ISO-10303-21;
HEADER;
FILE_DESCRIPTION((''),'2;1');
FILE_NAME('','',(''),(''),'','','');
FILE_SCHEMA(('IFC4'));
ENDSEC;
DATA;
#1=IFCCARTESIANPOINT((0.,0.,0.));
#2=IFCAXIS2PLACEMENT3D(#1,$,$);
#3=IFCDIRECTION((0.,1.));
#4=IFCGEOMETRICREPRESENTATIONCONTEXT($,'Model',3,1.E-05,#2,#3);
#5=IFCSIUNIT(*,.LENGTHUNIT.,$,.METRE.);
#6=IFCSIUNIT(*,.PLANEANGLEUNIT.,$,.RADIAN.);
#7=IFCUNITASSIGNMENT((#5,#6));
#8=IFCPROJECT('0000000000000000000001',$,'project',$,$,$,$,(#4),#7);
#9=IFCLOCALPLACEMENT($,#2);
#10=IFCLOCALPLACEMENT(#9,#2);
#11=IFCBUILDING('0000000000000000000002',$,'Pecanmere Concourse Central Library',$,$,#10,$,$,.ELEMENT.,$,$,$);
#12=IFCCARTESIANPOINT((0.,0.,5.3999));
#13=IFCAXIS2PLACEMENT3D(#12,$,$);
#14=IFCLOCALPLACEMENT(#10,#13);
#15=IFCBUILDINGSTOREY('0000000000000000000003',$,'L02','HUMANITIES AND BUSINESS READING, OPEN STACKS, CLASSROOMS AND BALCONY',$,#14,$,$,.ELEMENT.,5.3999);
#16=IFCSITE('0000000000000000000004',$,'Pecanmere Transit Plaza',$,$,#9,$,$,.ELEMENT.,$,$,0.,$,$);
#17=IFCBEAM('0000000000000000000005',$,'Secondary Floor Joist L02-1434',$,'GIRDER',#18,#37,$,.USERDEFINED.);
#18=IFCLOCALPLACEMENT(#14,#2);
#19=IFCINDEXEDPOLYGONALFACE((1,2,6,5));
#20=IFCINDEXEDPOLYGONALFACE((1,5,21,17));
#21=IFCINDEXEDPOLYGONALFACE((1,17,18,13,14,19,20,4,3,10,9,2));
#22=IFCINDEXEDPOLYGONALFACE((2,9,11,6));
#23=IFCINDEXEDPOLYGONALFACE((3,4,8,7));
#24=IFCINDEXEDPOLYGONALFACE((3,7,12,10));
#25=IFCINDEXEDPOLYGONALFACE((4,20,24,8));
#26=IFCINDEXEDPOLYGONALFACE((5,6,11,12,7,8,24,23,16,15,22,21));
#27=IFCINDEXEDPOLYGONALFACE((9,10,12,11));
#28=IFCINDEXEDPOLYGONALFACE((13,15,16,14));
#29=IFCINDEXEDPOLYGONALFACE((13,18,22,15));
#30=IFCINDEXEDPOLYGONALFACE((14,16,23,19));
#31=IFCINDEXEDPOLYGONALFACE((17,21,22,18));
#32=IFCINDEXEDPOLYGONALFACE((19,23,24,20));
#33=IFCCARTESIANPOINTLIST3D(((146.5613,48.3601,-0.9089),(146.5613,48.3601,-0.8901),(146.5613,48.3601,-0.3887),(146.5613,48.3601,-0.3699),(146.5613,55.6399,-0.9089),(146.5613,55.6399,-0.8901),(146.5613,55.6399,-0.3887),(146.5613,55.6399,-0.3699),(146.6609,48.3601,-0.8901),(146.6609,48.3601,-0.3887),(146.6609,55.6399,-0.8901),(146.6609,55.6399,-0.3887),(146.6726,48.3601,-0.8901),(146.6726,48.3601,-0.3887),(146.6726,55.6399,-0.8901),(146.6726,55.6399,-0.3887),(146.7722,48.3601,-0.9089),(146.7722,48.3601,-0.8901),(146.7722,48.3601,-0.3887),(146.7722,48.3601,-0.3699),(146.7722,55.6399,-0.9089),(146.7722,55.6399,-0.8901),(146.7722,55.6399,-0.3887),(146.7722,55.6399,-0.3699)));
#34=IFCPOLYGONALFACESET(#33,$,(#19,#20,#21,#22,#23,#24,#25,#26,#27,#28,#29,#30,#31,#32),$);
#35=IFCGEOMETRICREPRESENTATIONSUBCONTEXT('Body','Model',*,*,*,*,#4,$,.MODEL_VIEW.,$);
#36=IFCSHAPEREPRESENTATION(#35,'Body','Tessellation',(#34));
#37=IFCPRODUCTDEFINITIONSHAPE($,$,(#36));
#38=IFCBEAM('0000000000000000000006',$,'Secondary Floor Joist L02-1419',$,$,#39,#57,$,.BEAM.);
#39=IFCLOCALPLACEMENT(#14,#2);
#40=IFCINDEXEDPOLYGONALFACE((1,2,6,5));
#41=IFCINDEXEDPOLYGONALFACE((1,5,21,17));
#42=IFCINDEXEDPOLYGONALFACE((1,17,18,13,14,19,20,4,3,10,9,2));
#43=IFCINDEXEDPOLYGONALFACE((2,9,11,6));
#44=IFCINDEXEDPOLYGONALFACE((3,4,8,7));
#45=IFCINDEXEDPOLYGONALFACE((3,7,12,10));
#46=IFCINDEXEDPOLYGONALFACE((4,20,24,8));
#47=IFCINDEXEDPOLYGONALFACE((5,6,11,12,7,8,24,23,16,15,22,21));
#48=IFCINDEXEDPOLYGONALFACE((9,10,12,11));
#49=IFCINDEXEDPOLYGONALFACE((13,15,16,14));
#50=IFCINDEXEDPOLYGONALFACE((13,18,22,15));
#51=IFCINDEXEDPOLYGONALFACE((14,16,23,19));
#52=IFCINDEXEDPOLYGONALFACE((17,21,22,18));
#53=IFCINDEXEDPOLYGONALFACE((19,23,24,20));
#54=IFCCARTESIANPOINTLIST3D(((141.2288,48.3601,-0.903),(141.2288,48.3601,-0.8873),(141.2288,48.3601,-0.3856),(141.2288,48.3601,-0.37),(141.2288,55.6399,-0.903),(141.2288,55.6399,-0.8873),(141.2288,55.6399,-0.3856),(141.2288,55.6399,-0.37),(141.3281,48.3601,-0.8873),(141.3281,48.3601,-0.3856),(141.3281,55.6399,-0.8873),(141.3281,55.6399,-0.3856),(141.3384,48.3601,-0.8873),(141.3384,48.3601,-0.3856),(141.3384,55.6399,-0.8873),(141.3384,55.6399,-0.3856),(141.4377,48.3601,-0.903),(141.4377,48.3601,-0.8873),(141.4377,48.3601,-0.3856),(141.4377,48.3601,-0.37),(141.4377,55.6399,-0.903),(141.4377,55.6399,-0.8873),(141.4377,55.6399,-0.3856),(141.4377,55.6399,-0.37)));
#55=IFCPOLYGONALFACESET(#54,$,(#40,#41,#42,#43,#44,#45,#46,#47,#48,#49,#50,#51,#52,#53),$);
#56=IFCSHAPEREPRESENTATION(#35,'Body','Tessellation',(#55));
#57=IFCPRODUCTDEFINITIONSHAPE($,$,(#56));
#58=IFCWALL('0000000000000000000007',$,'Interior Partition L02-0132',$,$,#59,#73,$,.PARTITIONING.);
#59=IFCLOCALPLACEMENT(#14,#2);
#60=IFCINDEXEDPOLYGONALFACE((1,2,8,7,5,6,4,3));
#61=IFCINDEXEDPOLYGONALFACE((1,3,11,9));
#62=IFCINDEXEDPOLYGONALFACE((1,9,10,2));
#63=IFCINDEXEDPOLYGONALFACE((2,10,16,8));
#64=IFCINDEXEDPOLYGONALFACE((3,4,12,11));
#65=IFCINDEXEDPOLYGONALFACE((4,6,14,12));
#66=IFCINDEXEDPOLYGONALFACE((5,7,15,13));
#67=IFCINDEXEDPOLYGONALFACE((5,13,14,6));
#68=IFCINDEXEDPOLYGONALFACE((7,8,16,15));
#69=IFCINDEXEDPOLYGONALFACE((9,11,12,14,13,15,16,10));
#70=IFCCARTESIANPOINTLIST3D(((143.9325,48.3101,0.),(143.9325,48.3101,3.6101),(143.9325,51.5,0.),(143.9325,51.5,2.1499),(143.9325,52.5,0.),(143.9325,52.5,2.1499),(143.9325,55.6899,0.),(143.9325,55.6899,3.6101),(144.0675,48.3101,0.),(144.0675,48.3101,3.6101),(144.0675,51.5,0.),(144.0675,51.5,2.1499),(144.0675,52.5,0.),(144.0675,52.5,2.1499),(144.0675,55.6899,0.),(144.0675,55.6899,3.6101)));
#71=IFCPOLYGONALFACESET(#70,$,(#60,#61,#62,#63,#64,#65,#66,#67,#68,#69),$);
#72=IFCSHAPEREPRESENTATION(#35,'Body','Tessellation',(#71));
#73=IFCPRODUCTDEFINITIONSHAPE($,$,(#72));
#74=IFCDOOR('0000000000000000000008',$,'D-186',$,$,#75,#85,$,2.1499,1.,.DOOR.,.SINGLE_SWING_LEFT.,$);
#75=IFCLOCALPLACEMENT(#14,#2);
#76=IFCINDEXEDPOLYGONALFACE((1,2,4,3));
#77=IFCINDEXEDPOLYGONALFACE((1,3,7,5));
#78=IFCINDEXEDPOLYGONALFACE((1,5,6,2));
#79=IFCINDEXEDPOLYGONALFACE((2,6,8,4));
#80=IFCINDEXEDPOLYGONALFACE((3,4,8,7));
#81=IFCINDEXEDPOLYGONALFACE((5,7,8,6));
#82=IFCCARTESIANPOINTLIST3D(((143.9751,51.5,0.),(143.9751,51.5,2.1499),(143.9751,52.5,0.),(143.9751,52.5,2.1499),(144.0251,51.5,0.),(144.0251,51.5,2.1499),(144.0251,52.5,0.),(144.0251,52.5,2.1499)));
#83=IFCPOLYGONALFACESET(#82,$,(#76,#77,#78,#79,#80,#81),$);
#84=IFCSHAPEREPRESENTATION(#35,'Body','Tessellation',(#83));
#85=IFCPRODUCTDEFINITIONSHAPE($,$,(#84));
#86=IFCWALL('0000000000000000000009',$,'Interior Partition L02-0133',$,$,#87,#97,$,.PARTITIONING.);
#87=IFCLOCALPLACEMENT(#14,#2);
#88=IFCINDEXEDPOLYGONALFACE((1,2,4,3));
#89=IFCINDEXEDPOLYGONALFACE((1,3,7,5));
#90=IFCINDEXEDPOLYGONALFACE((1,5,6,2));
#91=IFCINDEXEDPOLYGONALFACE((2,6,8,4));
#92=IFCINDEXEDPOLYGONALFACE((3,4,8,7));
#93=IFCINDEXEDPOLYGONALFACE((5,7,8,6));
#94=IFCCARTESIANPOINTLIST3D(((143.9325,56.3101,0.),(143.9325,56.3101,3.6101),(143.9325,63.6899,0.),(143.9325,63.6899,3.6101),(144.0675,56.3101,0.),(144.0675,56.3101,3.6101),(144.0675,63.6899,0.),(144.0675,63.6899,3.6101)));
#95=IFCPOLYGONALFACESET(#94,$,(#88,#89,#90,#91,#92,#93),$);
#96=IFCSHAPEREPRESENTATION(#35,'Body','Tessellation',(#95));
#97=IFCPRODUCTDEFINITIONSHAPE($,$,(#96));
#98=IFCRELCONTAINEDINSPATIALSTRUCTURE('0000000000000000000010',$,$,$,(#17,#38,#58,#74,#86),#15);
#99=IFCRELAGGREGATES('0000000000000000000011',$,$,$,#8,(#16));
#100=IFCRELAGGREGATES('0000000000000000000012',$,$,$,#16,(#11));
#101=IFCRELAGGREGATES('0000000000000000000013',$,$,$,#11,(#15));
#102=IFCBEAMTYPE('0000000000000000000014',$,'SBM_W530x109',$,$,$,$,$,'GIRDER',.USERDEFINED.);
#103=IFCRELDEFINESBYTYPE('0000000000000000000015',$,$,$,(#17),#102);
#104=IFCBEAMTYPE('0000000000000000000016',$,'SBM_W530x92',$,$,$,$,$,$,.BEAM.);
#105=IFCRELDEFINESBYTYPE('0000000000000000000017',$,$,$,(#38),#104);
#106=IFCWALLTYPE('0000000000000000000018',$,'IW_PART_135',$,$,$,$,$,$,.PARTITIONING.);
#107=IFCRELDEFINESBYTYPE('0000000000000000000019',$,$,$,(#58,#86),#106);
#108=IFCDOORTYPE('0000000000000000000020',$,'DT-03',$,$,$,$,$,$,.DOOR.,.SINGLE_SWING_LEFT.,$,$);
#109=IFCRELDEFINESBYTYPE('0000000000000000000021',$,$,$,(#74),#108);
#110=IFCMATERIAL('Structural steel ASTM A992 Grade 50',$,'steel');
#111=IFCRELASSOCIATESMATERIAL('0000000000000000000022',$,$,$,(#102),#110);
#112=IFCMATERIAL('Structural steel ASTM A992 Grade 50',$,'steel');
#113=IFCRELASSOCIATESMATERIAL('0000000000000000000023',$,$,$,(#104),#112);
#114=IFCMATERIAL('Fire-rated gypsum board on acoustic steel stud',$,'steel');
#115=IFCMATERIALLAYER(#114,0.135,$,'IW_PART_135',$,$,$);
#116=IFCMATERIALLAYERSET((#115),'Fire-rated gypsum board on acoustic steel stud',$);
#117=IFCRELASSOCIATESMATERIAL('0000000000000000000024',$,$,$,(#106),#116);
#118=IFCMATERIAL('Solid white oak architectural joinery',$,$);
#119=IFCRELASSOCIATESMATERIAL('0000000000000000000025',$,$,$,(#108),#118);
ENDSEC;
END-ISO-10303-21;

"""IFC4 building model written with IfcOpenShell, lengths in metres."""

from ifc_helpers import new_model, si_unit, direction, frame, frame_2d, origin, origin_2d, place, context, subcontext, project, spatial, rectangle, i_section, extrude, material, layer, layer_set, material_profile, profile_set, type_object, element, fill, save


model = new_model("IFC4")

# Units and contexts
model_context = context("Model", 3, precision=1e-05, world=origin(), true_north=direction((0.0, 1.0)))
body_context = subcontext(model_context, "Body", "Model", "MODEL_VIEW")
ifc_project = project(units=[si_unit("LENGTHUNIT", "METRE"), si_unit("PLANEANGLEUNIT", "RADIAN")], contexts=[model_context])

# Site, building, storey
site_placement = place(None, origin())
site = spatial("IfcSite", under=ifc_project, at=site_placement, Name="Pecanmere Transit Plaza", CompositionType="ELEMENT", RefElevation=0.0)
building_placement = place(site_placement, origin())
building = spatial("IfcBuilding", under=site, at=building_placement, Name="Pecanmere Concourse Central Library", CompositionType="ELEMENT")
storey_placement = place(building_placement, frame((0.0, 0.0, 5.3999)))
storey = spatial("IfcBuildingStorey", under=building, at=storey_placement, Name="L02", Description="HUMANITIES AND BUSINESS READING, OPEN STACKS, CLASSROOMS AND BALCONY", CompositionType="ELEMENT", Elevation=5.3999)

# Beams
ifc_material_1 = material(Name="Structural steel ASTM A992 Grade 50", Category="steel")
ifc_material_profile_1 = material_profile(ifc_material_1, i_section(OverallWidth=0.2109, OverallDepth=0.5391, WebThickness=0.0117, FlangeThickness=0.0188, at=origin_2d()), Name="W530x109")
ifc_profile_set_1 = profile_set([ifc_material_profile_1], Name="Structural steel ASTM A992 Grade 50")
beam_type_1 = type_object("IfcBeamType", Name="SBM_W530x109", ElementType="GIRDER", PredefinedType="USERDEFINED", material=ifc_profile_set_1)
beam_1_placement = place(storey_placement, frame((146.6667, 48.3601, -0.6394), z_axis=(0.0, 1.0, 0.0), x_axis=(-1.0, 0.0, 0.0)))
element("IfcBeam", 1, at=beam_1_placement, inside=storey, type_object=beam_type_1, Name="Secondary Floor Joist L02-1434", ObjectType="GIRDER", PredefinedType="USERDEFINED", context=body_context, shape_type="SweptSolid", body=[
    extrude(i_section(OverallWidth=0.2109, OverallDepth=0.5391, WebThickness=0.0117, FlangeThickness=0.0188, at=origin_2d()), origin(), (0.0, 0.0, 1.0), 7.2798),
])
ifc_material_2 = material(Name="Structural steel ASTM A992 Grade 50", Category="steel")
ifc_material_profile_2 = material_profile(ifc_material_2, i_section(OverallWidth=0.209, OverallDepth=0.533, WebThickness=0.0103, FlangeThickness=0.0156, at=origin_2d()), Name="W530x92")
ifc_profile_set_2 = profile_set([ifc_material_profile_2], Name="Structural steel ASTM A992 Grade 50")
beam_type_2 = type_object("IfcBeamType", Name="SBM_W530x92", PredefinedType="BEAM", material=ifc_profile_set_2)
beam_2_placement = place(storey_placement, frame((141.3333, 48.3601, -0.6365), z_axis=(0.0, 1.0, 0.0), x_axis=(-1.0, 0.0, 0.0)))
element("IfcBeam", 2, at=beam_2_placement, inside=storey, type_object=beam_type_2, Name="Secondary Floor Joist L02-1419", PredefinedType="BEAM", context=body_context, shape_type="SweptSolid", body=[
    extrude(i_section(OverallWidth=0.209, OverallDepth=0.533, WebThickness=0.0103, FlangeThickness=0.0156, at=origin_2d()), origin(), (0.0, 0.0, 1.0), 7.2798),
])

# Wall, opening, door
ifc_material_3 = material(Name="Fire-rated gypsum board on acoustic steel stud", Category="steel")
ifc_layer = layer(ifc_material_3, 0.135, Name="IW_PART_135")
ifc_layer_set = layer_set([ifc_layer], Name="Fire-rated gypsum board on acoustic steel stud")
wall_type = type_object("IfcWallType", Name="IW_PART_135", PredefinedType="PARTITIONING", material=ifc_layer_set)
wall_1_placement = place(storey_placement, frame((144.0, 48.3101, 0.0), z_axis=(0.0, 0.0, 1.0), x_axis=(0.0, 1.0, 0.0)))
wall_1 = element("IfcWall", 3, at=wall_1_placement, inside=storey, type_object=wall_type, Name="Interior Partition L02-0132", PredefinedType="PARTITIONING", context=body_context, shape_type="SweptSolid", body=[
    extrude(rectangle(XDim=7.3799, YDim=0.135, at=frame_2d((3.6899, 0.0))), origin(), (0.0, 0.0, 1.0), 3.6101),
])
opening_placement = place(wall_1_placement, frame((3.1899, 0.0, 0.0)))
opening = element("IfcOpeningElement", 4, at=opening_placement, cuts=wall_1, PredefinedType="OPENING", context=body_context, shape_type="SweptSolid", body=[
    extrude(rectangle(XDim=1.0, YDim=2.1499, at=frame_2d((0.5, 1.075))), frame((0.0, 0.0796, 0.0), z_axis=(0.0, -1.0, 0.0), x_axis=(1.0, 0.0, 0.0)), (0.0, 0.0, 1.0), 0.1589),
])
ifc_material_4 = material(Name="Solid white oak architectural joinery")
door_type = type_object("IfcDoorType", Name="DT-03", OperationType="SINGLE_SWING_LEFT", PredefinedType="DOOR", material=ifc_material_4)
door_placement = place(opening_placement, origin())
door = element("IfcDoor", 5, at=door_placement, inside=storey, type_object=door_type, Name="D-186", OperationType="SINGLE_SWING_LEFT", OverallHeight=2.1499, OverallWidth=1.0, PredefinedType="DOOR", context=body_context, shape_type="SweptSolid", body=[
    extrude(rectangle(XDim=1.0, YDim=2.1499, at=frame_2d((0.5, 1.075))), frame((0.0, 0.0249, 0.0), z_axis=(0.0, -1.0, 0.0), x_axis=(1.0, 0.0, 0.0)), (0.0, 0.0, 1.0), 0.05),
])
fill(opening, door)

# Wall
wall_2_placement = place(storey_placement, frame((144.0, 56.3101, 0.0), z_axis=(0.0, 0.0, 1.0), x_axis=(0.0, 1.0, 0.0)))
element("IfcWall", 6, at=wall_2_placement, inside=storey, type_object=wall_type, Name="Interior Partition L02-0133", PredefinedType="PARTITIONING", context=body_context, shape_type="SweptSolid", body=[
    extrude(rectangle(XDim=7.3799, YDim=0.135, at=frame_2d((3.6899, 0.0))), origin(), (0.0, 0.0, 1.0), 3.6101),
])

save(model, "model.ifc")
